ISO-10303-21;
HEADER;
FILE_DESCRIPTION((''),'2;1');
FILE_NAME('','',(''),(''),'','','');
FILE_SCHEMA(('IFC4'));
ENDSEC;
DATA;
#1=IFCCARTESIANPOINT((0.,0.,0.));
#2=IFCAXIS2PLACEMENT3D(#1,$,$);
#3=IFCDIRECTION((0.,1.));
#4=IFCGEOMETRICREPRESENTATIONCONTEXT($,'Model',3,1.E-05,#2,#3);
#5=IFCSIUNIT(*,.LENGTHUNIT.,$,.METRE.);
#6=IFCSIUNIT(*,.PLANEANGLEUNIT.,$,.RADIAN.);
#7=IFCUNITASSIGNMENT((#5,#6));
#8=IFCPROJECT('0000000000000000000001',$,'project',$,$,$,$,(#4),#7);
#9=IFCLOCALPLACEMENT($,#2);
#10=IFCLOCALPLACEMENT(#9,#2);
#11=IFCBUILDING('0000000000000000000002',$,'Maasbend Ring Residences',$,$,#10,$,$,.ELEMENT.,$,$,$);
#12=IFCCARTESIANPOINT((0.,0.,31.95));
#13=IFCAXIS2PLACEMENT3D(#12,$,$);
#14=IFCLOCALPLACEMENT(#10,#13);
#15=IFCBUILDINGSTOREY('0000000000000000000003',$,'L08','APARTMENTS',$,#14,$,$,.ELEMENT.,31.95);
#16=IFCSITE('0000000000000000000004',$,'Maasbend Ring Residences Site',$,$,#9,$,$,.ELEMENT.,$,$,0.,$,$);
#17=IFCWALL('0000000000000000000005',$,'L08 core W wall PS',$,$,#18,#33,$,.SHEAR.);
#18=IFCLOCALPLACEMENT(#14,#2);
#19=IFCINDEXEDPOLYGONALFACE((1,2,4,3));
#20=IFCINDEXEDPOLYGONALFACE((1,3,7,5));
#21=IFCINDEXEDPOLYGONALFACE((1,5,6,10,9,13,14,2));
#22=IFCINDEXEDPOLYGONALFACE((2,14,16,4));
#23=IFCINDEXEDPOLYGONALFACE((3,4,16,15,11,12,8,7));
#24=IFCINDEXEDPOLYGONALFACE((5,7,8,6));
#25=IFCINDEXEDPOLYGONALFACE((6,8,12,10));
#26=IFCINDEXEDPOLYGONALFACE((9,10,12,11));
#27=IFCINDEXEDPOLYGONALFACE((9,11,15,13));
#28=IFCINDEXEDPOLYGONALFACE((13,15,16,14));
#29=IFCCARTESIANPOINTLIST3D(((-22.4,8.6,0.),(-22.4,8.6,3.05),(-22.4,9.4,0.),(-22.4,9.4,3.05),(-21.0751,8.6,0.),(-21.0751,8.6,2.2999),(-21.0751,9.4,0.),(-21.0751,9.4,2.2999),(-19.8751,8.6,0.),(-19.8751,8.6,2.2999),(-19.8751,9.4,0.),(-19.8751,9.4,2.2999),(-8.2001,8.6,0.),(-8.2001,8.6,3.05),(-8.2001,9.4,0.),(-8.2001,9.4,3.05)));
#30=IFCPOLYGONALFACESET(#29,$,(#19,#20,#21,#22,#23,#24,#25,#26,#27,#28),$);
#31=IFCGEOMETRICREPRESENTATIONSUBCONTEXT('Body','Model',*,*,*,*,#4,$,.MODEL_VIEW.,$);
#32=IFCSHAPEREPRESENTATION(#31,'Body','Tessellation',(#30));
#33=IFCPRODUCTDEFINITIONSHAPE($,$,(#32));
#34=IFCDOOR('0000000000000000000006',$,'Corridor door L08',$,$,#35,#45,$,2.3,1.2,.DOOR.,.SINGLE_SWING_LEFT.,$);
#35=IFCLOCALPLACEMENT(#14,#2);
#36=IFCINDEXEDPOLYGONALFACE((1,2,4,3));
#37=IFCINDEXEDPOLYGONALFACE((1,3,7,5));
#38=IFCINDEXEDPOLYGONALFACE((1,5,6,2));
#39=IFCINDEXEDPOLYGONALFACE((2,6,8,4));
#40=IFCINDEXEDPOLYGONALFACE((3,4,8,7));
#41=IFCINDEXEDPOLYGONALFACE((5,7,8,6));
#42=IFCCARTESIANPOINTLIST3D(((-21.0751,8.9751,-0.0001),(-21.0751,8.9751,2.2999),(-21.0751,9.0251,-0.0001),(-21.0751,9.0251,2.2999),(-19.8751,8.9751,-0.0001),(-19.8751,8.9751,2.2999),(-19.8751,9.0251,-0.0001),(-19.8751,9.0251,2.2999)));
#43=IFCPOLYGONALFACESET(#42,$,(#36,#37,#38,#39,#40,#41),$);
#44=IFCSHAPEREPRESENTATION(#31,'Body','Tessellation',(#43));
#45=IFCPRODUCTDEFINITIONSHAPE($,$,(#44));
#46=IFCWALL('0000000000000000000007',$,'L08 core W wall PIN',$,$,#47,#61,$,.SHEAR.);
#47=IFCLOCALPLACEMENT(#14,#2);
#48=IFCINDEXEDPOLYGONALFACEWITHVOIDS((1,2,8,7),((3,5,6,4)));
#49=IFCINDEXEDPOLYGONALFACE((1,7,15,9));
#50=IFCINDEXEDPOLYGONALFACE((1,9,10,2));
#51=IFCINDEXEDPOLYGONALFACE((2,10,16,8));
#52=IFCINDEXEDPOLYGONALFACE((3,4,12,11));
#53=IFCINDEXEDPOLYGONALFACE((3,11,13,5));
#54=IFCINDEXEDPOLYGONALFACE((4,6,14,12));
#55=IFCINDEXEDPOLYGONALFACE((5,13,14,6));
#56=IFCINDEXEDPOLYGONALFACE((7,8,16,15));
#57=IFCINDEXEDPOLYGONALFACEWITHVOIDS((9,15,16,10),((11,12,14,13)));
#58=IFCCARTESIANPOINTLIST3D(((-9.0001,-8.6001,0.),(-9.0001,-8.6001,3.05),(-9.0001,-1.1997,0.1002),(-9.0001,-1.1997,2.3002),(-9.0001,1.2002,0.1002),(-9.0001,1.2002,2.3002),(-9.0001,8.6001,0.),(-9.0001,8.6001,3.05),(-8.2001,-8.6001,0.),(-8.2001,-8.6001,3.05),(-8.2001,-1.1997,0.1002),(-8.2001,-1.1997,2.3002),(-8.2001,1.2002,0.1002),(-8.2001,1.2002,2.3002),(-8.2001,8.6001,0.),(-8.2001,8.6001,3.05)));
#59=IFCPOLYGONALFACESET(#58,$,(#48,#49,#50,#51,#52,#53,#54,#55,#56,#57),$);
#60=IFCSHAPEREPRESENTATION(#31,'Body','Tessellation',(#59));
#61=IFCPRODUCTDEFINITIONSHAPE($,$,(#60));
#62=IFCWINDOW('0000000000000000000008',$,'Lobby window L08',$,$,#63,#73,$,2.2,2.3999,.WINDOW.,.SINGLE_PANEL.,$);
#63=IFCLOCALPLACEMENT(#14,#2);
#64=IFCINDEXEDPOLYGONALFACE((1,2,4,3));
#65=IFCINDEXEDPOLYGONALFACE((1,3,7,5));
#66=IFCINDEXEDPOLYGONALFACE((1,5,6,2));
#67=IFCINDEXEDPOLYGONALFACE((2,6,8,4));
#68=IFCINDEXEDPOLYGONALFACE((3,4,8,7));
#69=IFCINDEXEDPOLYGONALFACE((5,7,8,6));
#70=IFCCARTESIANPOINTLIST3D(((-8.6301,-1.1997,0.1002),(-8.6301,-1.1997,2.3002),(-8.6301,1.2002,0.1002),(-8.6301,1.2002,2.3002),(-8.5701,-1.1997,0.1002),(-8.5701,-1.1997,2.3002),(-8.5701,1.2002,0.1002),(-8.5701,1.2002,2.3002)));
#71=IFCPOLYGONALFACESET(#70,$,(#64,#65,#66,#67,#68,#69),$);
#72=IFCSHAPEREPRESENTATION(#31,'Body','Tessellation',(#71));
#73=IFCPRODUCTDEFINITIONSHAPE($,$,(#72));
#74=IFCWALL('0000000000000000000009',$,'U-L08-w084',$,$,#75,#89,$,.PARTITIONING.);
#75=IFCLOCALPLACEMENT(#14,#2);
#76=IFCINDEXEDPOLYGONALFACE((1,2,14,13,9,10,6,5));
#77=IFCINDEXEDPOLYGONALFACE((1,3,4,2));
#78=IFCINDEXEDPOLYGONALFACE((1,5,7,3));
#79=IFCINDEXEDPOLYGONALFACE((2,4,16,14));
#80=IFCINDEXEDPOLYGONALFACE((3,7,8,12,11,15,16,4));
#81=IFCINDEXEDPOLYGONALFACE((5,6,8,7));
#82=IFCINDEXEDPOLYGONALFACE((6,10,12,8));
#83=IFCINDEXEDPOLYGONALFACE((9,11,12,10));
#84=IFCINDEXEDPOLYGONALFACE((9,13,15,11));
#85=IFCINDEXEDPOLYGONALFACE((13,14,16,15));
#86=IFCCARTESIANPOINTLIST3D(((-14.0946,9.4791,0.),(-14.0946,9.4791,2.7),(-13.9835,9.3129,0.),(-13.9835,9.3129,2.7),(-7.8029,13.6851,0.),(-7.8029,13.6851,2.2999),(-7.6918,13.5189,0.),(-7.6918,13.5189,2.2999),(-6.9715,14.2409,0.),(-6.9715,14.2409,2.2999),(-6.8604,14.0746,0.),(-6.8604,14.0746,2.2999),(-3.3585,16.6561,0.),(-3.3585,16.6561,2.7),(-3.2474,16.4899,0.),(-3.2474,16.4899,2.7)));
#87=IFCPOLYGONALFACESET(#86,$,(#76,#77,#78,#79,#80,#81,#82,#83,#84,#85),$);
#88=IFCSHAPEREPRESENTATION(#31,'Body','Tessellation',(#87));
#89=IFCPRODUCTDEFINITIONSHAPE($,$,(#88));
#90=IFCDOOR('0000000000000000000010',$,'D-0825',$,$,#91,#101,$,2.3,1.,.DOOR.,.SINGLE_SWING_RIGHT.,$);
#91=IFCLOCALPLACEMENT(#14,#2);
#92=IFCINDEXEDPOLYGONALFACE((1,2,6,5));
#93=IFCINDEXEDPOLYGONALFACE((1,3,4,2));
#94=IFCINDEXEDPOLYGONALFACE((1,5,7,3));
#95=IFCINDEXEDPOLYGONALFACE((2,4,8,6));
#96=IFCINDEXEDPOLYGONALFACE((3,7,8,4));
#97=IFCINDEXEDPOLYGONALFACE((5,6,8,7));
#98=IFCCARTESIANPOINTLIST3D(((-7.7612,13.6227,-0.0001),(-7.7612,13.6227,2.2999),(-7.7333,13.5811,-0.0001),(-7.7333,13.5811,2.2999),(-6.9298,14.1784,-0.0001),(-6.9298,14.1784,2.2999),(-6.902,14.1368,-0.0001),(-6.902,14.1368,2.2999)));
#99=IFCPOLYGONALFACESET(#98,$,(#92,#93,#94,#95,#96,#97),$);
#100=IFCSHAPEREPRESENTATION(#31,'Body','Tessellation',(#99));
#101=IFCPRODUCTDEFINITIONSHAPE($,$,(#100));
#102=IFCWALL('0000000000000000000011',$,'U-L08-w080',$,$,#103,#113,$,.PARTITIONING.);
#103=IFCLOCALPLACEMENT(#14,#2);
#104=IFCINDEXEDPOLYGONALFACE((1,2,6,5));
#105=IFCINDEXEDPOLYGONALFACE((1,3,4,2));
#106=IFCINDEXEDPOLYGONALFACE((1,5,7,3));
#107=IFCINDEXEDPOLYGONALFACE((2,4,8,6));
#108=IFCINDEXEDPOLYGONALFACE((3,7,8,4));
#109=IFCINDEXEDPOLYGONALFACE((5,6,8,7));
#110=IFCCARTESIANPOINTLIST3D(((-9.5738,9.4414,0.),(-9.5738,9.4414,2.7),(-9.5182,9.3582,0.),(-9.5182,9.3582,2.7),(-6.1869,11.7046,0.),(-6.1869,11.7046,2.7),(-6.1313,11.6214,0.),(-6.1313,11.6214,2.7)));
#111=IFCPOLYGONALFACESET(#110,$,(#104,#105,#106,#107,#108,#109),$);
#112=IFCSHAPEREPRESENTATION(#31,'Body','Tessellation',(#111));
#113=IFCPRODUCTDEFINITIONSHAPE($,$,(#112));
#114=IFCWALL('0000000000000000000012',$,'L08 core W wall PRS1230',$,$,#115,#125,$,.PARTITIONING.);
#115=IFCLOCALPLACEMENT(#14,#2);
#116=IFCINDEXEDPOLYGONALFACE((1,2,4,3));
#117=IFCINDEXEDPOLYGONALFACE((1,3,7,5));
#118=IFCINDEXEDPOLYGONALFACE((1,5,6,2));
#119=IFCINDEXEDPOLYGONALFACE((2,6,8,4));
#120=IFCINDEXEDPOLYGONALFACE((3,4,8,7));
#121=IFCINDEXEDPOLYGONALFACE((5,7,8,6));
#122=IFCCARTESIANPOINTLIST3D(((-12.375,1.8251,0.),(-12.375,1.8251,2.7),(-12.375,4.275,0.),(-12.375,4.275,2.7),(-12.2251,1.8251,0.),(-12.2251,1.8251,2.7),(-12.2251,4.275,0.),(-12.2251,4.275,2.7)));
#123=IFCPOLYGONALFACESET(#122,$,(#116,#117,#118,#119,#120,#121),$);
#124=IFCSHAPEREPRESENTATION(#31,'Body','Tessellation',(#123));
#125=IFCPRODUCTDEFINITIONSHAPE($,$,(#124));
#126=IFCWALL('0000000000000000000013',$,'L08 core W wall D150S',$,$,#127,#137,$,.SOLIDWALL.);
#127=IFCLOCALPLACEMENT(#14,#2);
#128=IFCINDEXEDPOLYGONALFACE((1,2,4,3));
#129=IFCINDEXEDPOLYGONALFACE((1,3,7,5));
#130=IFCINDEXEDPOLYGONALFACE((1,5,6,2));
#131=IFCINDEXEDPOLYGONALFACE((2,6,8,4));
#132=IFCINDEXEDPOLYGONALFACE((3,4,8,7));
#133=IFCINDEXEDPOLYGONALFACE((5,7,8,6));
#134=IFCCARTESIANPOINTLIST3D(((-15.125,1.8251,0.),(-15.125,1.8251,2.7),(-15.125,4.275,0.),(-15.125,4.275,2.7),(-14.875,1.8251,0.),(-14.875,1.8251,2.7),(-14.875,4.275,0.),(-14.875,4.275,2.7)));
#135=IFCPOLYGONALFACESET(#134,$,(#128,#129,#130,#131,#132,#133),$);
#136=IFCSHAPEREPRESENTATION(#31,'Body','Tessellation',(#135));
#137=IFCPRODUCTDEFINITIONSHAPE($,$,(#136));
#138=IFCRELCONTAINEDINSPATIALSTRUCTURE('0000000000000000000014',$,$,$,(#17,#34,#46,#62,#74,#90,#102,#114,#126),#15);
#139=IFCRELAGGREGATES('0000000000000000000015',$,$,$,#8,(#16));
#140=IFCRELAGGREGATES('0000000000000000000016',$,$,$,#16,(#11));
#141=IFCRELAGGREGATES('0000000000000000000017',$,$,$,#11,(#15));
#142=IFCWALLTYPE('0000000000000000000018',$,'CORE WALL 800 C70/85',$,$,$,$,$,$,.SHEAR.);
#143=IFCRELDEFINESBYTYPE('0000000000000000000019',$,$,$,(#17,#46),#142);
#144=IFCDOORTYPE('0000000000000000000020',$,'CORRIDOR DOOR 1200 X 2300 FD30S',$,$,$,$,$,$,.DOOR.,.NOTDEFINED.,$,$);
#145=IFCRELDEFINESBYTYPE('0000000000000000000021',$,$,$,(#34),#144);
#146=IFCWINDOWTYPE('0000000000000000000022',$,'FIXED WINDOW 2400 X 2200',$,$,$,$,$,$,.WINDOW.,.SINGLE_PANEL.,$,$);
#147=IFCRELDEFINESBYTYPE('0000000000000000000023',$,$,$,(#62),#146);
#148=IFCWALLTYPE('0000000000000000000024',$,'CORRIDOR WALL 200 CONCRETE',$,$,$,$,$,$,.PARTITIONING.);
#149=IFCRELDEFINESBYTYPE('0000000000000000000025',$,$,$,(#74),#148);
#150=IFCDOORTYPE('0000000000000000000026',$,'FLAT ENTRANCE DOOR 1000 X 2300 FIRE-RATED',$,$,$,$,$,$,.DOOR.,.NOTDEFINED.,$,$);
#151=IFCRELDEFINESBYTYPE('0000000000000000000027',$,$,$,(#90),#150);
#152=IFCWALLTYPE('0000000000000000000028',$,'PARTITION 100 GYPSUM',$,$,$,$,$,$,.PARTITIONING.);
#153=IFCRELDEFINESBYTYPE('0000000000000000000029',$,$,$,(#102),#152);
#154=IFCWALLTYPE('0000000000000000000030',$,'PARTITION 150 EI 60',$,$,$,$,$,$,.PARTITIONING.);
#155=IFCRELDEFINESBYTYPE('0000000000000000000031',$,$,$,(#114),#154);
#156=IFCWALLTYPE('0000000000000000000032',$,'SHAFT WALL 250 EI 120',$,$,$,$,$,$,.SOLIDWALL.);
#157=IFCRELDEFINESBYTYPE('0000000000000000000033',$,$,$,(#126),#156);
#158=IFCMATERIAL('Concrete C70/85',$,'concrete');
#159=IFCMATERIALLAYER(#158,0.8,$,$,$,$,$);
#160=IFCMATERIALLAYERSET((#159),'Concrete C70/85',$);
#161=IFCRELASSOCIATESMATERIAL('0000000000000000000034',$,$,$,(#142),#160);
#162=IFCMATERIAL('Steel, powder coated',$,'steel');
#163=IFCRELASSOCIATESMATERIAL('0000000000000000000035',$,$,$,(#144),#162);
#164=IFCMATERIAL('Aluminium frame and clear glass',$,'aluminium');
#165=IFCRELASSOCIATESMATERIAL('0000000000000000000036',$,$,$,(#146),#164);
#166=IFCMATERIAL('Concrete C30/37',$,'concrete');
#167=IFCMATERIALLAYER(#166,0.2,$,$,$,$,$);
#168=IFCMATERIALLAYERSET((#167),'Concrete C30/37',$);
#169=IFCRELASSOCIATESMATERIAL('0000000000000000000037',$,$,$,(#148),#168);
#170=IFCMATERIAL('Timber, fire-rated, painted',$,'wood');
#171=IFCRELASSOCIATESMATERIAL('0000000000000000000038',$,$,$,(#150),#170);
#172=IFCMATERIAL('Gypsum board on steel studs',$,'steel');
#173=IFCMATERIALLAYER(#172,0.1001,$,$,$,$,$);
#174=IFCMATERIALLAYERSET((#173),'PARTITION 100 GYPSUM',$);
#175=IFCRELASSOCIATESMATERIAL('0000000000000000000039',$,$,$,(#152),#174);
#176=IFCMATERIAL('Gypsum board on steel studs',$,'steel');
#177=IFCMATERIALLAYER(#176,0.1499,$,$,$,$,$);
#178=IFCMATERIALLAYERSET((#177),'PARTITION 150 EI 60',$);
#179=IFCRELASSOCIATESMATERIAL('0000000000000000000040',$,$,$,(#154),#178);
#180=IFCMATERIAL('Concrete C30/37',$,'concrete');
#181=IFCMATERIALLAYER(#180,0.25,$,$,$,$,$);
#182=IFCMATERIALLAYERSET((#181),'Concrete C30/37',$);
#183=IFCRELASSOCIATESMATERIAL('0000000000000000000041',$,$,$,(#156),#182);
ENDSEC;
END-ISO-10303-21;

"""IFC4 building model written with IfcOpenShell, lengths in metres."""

from ifc_helpers import new_model, si_unit, direction, frame, frame_2d, origin, place, context, subcontext, project, spatial, rectangle, extrude, material, layer, layer_set, type_object, element, fill, save


model = new_model("IFC4")

# Units and contexts
model_context = context("Model", 3, precision=1e-05, world=origin(), true_north=direction((0.0, 1.0)))
body_context = subcontext(model_context, "Body", "Model", "MODEL_VIEW")
ifc_project = project(units=[si_unit("LENGTHUNIT", "METRE"), si_unit("PLANEANGLEUNIT", "RADIAN")], contexts=[model_context])

# Site, building, storey
site_placement = place(None, origin())
site = spatial("IfcSite", under=ifc_project, at=site_placement, Name="Maasbend Ring Residences Site", CompositionType="ELEMENT", RefElevation=0.0)
building_placement = place(site_placement, origin())
building = spatial("IfcBuilding", under=site, at=building_placement, Name="Maasbend Ring Residences", CompositionType="ELEMENT")
storey_placement = place(building_placement, frame((0.0, 0.0, 31.95)))
storey = spatial("IfcBuildingStorey", under=building, at=storey_placement, Name="L08", Description="APARTMENTS", CompositionType="ELEMENT", Elevation=31.95)

# Wall, opening, door
ifc_material_1 = material(Name="Concrete C70/85", Category="concrete")
ifc_layer_1 = layer(ifc_material_1, 0.8)
ifc_layer_set_1 = layer_set([ifc_layer_1], Name="Concrete C70/85")
wall_type_1 = type_object("IfcWallType", Name="CORE WALL 800 C70/85", PredefinedType="SHEAR", material=ifc_layer_set_1)
wall_1_placement = place(storey_placement, frame((-8.2, 9.0, 0.0), z_axis=(0.0, 0.0, 1.0), x_axis=(-1.0, 0.0, 0.0)))
wall_1 = element("IfcWall", 1, at=wall_1_placement, inside=storey, type_object=wall_type_1, Name="L08 core W wall PS", PredefinedType="SHEAR", context=body_context, shape_type="SweptSolid", body=[
    extrude(rectangle(XDim=14.2, YDim=0.8, at=frame_2d((7.1001, 0.0))), origin(), (0.0, 0.0, 1.0), 3.05),
])
opening_1_placement = place(wall_1_placement, frame((11.675, 0.0, 0.0)))
opening_1 = element("IfcOpeningElement", 2, at=opening_1_placement, cuts=wall_1, PredefinedType="OPENING", context=body_context, shape_type="SweptSolid", body=[
    extrude(rectangle(XDim=1.2, YDim=2.3, at=frame_2d((0.6001, 1.1499))), frame((0.0, 0.4102, 0.0), z_axis=(0.0, -1.0, 0.0), x_axis=(1.0, 0.0, 0.0)), (0.0, 0.0, 1.0), 0.8201),
])
ifc_material_2 = material(Name="Steel, powder coated", Category="steel")
door_type_1 = type_object("IfcDoorType", Name="CORRIDOR DOOR 1200 X 2300 FD30S", OperationType="NOTDEFINED", PredefinedType="DOOR", material=ifc_material_2)
door_1_placement = place(opening_1_placement, origin())
door_1 = element("IfcDoor", 3, at=door_1_placement, inside=storey, type_object=door_type_1, Name="Corridor door L08", OperationType="SINGLE_SWING_LEFT", OverallHeight=2.3, OverallWidth=1.2, PredefinedType="DOOR", context=body_context, shape_type="SweptSolid", body=[
    extrude(rectangle(XDim=1.2, YDim=2.3, at=frame_2d((0.6001, 1.1499))), frame((0.0, 0.0249, 0.0), z_axis=(0.0, -1.0, 0.0), x_axis=(1.0, 0.0, 0.0)), (0.0, 0.0, 1.0), 0.05),
])
fill(opening_1, door_1)

# Wall, opening, window
wall_2_placement = place(storey_placement, frame((-8.6001, 8.6001, 0.0), z_axis=(0.0, 0.0, 1.0), x_axis=(0.0, -1.0, 0.0)))
wall_2 = element("IfcWall", 4, at=wall_2_placement, inside=storey, type_object=wall_type_1, Name="L08 core W wall PIN", PredefinedType="SHEAR", context=body_context, shape_type="SweptSolid", body=[
    extrude(rectangle(XDim=17.2002, YDim=0.8, at=frame_2d((8.6001, 0.0))), origin(), (0.0, 0.0, 1.0), 3.05),
])
opening_2_placement = place(wall_2_placement, frame((7.3999, 0.0, 0.1001)))
opening_2 = element("IfcOpeningElement", 5, at=opening_2_placement, cuts=wall_2, PredefinedType="OPENING", context=body_context, shape_type="SweptSolid", body=[
    extrude(rectangle(XDim=2.3999, YDim=2.2, at=frame_2d((1.2, 1.1001))), frame((0.0, 0.4102, 0.0), z_axis=(0.0, -1.0, 0.0), x_axis=(1.0, 0.0, 0.0)), (0.0, 0.0, 1.0), 0.8201),
])
ifc_material_3 = material(Name="Aluminium frame and clear glass", Category="aluminium")
window_type = type_object("IfcWindowType", Name="FIXED WINDOW 2400 X 2200", PartitioningType="SINGLE_PANEL", PredefinedType="WINDOW", material=ifc_material_3)
window_placement = place(opening_2_placement, origin())
window = element("IfcWindow", 6, at=window_placement, inside=storey, type_object=window_type, Name="Lobby window L08", OverallHeight=2.2, OverallWidth=2.3999, PartitioningType="SINGLE_PANEL", PredefinedType="WINDOW", context=body_context, shape_type="SweptSolid", body=[
    extrude(rectangle(XDim=2.3999, YDim=2.2, at=frame_2d((1.2, 1.1001))), frame((0.0, 0.03, 0.0), z_axis=(0.0, -1.0, 0.0), x_axis=(1.0, 0.0, 0.0)), (0.0, 0.0, 1.0), 0.0601),
])
fill(opening_2, window)

# Wall, opening, door
ifc_material_4 = material(Name="Concrete C30/37", Category="concrete")
ifc_layer_2 = layer(ifc_material_4, 0.2)
ifc_layer_set_2 = layer_set([ifc_layer_2], Name="Concrete C30/37")
wall_type_2 = type_object("IfcWallType", Name="CORRIDOR WALL 200 CONCRETE", PredefinedType="PARTITIONING", material=ifc_layer_set_2)
wall_3_placement = place(storey_placement, frame((-14.0391, 9.396, 0.0), z_axis=(0.0, 0.0, 1.0), x_axis=(0.831349, 0.555751, 0.0)))
wall_3 = element("IfcWall", 7, at=wall_3_placement, inside=storey, type_object=wall_type_2, Name="U-L08-w084", PredefinedType="PARTITIONING", context=body_context, shape_type="SweptSolid", body=[
    extrude(rectangle(XDim=12.9141, YDim=0.2, at=frame_2d((6.457, 0.0))), origin(), (0.0, 0.0, 1.0), 2.7),
])
opening_3_placement = place(wall_3_placement, frame((7.5681, 0.0, 0.0)))
opening_3 = element("IfcOpeningElement", 8, at=opening_3_placement, cuts=wall_3, PredefinedType="OPENING", context=body_context, shape_type="SweptSolid", body=[
    extrude(rectangle(XDim=1.0, YDim=2.3, at=frame_2d((0.5, 1.1499))), frame((0.0, 0.1099, 0.0), z_axis=(0.0, -1.0, 0.0), x_axis=(1.0, 0.0, 0.0)), (0.0, 0.0, 1.0), 0.22),
])
ifc_material_5 = material(Name="Timber, fire-rated, painted", Category="wood")
door_type_2 = type_object("IfcDoorType", Name="FLAT ENTRANCE DOOR 1000 X 2300 FIRE-RATED", OperationType="NOTDEFINED", PredefinedType="DOOR", material=ifc_material_5)
door_2_placement = place(opening_3_placement, origin())
door_2 = element("IfcDoor", 9, at=door_2_placement, inside=storey, type_object=door_type_2, Name="D-0825", OperationType="SINGLE_SWING_RIGHT", OverallHeight=2.3, OverallWidth=1.0, PredefinedType="DOOR", context=body_context, shape_type="SweptSolid", body=[
    extrude(rectangle(XDim=1.0, YDim=2.3, at=frame_2d((0.5, 1.1499))), frame((0.0, 0.0249, 0.0), z_axis=(0.0, -1.0, 0.0), x_axis=(1.0, 0.0, 0.0)), (0.0, 0.0, 1.0), 0.05),
])
fill(opening_3, door_2)

# Walls
ifc_material_6 = material(Name="Gypsum board on steel studs", Category="steel")
ifc_layer_3 = layer(ifc_material_6, 0.1001)
ifc_layer_set_3 = layer_set([ifc_layer_3], Name="PARTITION 100 GYPSUM")
wall_type_3 = type_object("IfcWallType", Name="PARTITION 100 GYPSUM", PredefinedType="PARTITIONING", material=ifc_layer_set_3)
wall_4_placement = place(storey_placement, frame((-9.5459, 9.3999, 0.0), z_axis=(0.0, 0.0, 1.0), x_axis=(0.83146, 0.555585, 0.0)))
element("IfcWall", 10, at=wall_4_placement, inside=storey, type_object=wall_type_3, Name="U-L08-w080", PredefinedType="PARTITIONING", context=body_context, shape_type="SweptSolid", body=[
    extrude(rectangle(XDim=4.0735, YDim=0.1001, at=frame_2d((2.0366, 0.0))), origin(), (0.0, 0.0, 1.0), 2.7),
])
ifc_material_7 = material(Name="Gypsum board on steel studs", Category="steel")
ifc_layer_4 = layer(ifc_material_7, 0.1499)
ifc_layer_set_4 = layer_set([ifc_layer_4], Name="PARTITION 150 EI 60")
wall_type_4 = type_object("IfcWallType", Name="PARTITION 150 EI 60", PredefinedType="PARTITIONING", material=ifc_layer_set_4)
wall_5_placement = place(storey_placement, frame((-12.3, 1.825, 0.0), z_axis=(0.0, 0.0, 1.0), x_axis=(0.0, 1.0, 0.0)))
element("IfcWall", 11, at=wall_5_placement, inside=storey, type_object=wall_type_4, Name="L08 core W wall PRS1230", PredefinedType="PARTITIONING", context=body_context, shape_type="SweptSolid", body=[
    extrude(rectangle(XDim=2.45, YDim=0.1499, at=frame_2d((1.2251, 0.0))), origin(), (0.0, 0.0, 1.0), 2.7),
])
ifc_material_8 = material(Name="Concrete C30/37", Category="concrete")
ifc_layer_5 = layer(ifc_material_8, 0.25)
ifc_layer_set_5 = layer_set([ifc_layer_5], Name="Concrete C30/37")
wall_type_5 = type_object("IfcWallType", Name="SHAFT WALL 250 EI 120", PredefinedType="SOLIDWALL", material=ifc_layer_set_5)
wall_6_placement = place(storey_placement, frame((-15.0, 1.825, 0.0), z_axis=(0.0, 0.0, 1.0), x_axis=(0.0, 1.0, 0.0)))
element("IfcWall", 12, at=wall_6_placement, inside=storey, type_object=wall_type_5, Name="L08 core W wall D150S", PredefinedType="SOLIDWALL", context=body_context, shape_type="SweptSolid", body=[
    extrude(rectangle(XDim=2.45, YDim=0.25, at=frame_2d((1.2251, 0.0))), origin(), (0.0, 0.0, 1.0), 2.7),
])

save(model, "model.ifc")
